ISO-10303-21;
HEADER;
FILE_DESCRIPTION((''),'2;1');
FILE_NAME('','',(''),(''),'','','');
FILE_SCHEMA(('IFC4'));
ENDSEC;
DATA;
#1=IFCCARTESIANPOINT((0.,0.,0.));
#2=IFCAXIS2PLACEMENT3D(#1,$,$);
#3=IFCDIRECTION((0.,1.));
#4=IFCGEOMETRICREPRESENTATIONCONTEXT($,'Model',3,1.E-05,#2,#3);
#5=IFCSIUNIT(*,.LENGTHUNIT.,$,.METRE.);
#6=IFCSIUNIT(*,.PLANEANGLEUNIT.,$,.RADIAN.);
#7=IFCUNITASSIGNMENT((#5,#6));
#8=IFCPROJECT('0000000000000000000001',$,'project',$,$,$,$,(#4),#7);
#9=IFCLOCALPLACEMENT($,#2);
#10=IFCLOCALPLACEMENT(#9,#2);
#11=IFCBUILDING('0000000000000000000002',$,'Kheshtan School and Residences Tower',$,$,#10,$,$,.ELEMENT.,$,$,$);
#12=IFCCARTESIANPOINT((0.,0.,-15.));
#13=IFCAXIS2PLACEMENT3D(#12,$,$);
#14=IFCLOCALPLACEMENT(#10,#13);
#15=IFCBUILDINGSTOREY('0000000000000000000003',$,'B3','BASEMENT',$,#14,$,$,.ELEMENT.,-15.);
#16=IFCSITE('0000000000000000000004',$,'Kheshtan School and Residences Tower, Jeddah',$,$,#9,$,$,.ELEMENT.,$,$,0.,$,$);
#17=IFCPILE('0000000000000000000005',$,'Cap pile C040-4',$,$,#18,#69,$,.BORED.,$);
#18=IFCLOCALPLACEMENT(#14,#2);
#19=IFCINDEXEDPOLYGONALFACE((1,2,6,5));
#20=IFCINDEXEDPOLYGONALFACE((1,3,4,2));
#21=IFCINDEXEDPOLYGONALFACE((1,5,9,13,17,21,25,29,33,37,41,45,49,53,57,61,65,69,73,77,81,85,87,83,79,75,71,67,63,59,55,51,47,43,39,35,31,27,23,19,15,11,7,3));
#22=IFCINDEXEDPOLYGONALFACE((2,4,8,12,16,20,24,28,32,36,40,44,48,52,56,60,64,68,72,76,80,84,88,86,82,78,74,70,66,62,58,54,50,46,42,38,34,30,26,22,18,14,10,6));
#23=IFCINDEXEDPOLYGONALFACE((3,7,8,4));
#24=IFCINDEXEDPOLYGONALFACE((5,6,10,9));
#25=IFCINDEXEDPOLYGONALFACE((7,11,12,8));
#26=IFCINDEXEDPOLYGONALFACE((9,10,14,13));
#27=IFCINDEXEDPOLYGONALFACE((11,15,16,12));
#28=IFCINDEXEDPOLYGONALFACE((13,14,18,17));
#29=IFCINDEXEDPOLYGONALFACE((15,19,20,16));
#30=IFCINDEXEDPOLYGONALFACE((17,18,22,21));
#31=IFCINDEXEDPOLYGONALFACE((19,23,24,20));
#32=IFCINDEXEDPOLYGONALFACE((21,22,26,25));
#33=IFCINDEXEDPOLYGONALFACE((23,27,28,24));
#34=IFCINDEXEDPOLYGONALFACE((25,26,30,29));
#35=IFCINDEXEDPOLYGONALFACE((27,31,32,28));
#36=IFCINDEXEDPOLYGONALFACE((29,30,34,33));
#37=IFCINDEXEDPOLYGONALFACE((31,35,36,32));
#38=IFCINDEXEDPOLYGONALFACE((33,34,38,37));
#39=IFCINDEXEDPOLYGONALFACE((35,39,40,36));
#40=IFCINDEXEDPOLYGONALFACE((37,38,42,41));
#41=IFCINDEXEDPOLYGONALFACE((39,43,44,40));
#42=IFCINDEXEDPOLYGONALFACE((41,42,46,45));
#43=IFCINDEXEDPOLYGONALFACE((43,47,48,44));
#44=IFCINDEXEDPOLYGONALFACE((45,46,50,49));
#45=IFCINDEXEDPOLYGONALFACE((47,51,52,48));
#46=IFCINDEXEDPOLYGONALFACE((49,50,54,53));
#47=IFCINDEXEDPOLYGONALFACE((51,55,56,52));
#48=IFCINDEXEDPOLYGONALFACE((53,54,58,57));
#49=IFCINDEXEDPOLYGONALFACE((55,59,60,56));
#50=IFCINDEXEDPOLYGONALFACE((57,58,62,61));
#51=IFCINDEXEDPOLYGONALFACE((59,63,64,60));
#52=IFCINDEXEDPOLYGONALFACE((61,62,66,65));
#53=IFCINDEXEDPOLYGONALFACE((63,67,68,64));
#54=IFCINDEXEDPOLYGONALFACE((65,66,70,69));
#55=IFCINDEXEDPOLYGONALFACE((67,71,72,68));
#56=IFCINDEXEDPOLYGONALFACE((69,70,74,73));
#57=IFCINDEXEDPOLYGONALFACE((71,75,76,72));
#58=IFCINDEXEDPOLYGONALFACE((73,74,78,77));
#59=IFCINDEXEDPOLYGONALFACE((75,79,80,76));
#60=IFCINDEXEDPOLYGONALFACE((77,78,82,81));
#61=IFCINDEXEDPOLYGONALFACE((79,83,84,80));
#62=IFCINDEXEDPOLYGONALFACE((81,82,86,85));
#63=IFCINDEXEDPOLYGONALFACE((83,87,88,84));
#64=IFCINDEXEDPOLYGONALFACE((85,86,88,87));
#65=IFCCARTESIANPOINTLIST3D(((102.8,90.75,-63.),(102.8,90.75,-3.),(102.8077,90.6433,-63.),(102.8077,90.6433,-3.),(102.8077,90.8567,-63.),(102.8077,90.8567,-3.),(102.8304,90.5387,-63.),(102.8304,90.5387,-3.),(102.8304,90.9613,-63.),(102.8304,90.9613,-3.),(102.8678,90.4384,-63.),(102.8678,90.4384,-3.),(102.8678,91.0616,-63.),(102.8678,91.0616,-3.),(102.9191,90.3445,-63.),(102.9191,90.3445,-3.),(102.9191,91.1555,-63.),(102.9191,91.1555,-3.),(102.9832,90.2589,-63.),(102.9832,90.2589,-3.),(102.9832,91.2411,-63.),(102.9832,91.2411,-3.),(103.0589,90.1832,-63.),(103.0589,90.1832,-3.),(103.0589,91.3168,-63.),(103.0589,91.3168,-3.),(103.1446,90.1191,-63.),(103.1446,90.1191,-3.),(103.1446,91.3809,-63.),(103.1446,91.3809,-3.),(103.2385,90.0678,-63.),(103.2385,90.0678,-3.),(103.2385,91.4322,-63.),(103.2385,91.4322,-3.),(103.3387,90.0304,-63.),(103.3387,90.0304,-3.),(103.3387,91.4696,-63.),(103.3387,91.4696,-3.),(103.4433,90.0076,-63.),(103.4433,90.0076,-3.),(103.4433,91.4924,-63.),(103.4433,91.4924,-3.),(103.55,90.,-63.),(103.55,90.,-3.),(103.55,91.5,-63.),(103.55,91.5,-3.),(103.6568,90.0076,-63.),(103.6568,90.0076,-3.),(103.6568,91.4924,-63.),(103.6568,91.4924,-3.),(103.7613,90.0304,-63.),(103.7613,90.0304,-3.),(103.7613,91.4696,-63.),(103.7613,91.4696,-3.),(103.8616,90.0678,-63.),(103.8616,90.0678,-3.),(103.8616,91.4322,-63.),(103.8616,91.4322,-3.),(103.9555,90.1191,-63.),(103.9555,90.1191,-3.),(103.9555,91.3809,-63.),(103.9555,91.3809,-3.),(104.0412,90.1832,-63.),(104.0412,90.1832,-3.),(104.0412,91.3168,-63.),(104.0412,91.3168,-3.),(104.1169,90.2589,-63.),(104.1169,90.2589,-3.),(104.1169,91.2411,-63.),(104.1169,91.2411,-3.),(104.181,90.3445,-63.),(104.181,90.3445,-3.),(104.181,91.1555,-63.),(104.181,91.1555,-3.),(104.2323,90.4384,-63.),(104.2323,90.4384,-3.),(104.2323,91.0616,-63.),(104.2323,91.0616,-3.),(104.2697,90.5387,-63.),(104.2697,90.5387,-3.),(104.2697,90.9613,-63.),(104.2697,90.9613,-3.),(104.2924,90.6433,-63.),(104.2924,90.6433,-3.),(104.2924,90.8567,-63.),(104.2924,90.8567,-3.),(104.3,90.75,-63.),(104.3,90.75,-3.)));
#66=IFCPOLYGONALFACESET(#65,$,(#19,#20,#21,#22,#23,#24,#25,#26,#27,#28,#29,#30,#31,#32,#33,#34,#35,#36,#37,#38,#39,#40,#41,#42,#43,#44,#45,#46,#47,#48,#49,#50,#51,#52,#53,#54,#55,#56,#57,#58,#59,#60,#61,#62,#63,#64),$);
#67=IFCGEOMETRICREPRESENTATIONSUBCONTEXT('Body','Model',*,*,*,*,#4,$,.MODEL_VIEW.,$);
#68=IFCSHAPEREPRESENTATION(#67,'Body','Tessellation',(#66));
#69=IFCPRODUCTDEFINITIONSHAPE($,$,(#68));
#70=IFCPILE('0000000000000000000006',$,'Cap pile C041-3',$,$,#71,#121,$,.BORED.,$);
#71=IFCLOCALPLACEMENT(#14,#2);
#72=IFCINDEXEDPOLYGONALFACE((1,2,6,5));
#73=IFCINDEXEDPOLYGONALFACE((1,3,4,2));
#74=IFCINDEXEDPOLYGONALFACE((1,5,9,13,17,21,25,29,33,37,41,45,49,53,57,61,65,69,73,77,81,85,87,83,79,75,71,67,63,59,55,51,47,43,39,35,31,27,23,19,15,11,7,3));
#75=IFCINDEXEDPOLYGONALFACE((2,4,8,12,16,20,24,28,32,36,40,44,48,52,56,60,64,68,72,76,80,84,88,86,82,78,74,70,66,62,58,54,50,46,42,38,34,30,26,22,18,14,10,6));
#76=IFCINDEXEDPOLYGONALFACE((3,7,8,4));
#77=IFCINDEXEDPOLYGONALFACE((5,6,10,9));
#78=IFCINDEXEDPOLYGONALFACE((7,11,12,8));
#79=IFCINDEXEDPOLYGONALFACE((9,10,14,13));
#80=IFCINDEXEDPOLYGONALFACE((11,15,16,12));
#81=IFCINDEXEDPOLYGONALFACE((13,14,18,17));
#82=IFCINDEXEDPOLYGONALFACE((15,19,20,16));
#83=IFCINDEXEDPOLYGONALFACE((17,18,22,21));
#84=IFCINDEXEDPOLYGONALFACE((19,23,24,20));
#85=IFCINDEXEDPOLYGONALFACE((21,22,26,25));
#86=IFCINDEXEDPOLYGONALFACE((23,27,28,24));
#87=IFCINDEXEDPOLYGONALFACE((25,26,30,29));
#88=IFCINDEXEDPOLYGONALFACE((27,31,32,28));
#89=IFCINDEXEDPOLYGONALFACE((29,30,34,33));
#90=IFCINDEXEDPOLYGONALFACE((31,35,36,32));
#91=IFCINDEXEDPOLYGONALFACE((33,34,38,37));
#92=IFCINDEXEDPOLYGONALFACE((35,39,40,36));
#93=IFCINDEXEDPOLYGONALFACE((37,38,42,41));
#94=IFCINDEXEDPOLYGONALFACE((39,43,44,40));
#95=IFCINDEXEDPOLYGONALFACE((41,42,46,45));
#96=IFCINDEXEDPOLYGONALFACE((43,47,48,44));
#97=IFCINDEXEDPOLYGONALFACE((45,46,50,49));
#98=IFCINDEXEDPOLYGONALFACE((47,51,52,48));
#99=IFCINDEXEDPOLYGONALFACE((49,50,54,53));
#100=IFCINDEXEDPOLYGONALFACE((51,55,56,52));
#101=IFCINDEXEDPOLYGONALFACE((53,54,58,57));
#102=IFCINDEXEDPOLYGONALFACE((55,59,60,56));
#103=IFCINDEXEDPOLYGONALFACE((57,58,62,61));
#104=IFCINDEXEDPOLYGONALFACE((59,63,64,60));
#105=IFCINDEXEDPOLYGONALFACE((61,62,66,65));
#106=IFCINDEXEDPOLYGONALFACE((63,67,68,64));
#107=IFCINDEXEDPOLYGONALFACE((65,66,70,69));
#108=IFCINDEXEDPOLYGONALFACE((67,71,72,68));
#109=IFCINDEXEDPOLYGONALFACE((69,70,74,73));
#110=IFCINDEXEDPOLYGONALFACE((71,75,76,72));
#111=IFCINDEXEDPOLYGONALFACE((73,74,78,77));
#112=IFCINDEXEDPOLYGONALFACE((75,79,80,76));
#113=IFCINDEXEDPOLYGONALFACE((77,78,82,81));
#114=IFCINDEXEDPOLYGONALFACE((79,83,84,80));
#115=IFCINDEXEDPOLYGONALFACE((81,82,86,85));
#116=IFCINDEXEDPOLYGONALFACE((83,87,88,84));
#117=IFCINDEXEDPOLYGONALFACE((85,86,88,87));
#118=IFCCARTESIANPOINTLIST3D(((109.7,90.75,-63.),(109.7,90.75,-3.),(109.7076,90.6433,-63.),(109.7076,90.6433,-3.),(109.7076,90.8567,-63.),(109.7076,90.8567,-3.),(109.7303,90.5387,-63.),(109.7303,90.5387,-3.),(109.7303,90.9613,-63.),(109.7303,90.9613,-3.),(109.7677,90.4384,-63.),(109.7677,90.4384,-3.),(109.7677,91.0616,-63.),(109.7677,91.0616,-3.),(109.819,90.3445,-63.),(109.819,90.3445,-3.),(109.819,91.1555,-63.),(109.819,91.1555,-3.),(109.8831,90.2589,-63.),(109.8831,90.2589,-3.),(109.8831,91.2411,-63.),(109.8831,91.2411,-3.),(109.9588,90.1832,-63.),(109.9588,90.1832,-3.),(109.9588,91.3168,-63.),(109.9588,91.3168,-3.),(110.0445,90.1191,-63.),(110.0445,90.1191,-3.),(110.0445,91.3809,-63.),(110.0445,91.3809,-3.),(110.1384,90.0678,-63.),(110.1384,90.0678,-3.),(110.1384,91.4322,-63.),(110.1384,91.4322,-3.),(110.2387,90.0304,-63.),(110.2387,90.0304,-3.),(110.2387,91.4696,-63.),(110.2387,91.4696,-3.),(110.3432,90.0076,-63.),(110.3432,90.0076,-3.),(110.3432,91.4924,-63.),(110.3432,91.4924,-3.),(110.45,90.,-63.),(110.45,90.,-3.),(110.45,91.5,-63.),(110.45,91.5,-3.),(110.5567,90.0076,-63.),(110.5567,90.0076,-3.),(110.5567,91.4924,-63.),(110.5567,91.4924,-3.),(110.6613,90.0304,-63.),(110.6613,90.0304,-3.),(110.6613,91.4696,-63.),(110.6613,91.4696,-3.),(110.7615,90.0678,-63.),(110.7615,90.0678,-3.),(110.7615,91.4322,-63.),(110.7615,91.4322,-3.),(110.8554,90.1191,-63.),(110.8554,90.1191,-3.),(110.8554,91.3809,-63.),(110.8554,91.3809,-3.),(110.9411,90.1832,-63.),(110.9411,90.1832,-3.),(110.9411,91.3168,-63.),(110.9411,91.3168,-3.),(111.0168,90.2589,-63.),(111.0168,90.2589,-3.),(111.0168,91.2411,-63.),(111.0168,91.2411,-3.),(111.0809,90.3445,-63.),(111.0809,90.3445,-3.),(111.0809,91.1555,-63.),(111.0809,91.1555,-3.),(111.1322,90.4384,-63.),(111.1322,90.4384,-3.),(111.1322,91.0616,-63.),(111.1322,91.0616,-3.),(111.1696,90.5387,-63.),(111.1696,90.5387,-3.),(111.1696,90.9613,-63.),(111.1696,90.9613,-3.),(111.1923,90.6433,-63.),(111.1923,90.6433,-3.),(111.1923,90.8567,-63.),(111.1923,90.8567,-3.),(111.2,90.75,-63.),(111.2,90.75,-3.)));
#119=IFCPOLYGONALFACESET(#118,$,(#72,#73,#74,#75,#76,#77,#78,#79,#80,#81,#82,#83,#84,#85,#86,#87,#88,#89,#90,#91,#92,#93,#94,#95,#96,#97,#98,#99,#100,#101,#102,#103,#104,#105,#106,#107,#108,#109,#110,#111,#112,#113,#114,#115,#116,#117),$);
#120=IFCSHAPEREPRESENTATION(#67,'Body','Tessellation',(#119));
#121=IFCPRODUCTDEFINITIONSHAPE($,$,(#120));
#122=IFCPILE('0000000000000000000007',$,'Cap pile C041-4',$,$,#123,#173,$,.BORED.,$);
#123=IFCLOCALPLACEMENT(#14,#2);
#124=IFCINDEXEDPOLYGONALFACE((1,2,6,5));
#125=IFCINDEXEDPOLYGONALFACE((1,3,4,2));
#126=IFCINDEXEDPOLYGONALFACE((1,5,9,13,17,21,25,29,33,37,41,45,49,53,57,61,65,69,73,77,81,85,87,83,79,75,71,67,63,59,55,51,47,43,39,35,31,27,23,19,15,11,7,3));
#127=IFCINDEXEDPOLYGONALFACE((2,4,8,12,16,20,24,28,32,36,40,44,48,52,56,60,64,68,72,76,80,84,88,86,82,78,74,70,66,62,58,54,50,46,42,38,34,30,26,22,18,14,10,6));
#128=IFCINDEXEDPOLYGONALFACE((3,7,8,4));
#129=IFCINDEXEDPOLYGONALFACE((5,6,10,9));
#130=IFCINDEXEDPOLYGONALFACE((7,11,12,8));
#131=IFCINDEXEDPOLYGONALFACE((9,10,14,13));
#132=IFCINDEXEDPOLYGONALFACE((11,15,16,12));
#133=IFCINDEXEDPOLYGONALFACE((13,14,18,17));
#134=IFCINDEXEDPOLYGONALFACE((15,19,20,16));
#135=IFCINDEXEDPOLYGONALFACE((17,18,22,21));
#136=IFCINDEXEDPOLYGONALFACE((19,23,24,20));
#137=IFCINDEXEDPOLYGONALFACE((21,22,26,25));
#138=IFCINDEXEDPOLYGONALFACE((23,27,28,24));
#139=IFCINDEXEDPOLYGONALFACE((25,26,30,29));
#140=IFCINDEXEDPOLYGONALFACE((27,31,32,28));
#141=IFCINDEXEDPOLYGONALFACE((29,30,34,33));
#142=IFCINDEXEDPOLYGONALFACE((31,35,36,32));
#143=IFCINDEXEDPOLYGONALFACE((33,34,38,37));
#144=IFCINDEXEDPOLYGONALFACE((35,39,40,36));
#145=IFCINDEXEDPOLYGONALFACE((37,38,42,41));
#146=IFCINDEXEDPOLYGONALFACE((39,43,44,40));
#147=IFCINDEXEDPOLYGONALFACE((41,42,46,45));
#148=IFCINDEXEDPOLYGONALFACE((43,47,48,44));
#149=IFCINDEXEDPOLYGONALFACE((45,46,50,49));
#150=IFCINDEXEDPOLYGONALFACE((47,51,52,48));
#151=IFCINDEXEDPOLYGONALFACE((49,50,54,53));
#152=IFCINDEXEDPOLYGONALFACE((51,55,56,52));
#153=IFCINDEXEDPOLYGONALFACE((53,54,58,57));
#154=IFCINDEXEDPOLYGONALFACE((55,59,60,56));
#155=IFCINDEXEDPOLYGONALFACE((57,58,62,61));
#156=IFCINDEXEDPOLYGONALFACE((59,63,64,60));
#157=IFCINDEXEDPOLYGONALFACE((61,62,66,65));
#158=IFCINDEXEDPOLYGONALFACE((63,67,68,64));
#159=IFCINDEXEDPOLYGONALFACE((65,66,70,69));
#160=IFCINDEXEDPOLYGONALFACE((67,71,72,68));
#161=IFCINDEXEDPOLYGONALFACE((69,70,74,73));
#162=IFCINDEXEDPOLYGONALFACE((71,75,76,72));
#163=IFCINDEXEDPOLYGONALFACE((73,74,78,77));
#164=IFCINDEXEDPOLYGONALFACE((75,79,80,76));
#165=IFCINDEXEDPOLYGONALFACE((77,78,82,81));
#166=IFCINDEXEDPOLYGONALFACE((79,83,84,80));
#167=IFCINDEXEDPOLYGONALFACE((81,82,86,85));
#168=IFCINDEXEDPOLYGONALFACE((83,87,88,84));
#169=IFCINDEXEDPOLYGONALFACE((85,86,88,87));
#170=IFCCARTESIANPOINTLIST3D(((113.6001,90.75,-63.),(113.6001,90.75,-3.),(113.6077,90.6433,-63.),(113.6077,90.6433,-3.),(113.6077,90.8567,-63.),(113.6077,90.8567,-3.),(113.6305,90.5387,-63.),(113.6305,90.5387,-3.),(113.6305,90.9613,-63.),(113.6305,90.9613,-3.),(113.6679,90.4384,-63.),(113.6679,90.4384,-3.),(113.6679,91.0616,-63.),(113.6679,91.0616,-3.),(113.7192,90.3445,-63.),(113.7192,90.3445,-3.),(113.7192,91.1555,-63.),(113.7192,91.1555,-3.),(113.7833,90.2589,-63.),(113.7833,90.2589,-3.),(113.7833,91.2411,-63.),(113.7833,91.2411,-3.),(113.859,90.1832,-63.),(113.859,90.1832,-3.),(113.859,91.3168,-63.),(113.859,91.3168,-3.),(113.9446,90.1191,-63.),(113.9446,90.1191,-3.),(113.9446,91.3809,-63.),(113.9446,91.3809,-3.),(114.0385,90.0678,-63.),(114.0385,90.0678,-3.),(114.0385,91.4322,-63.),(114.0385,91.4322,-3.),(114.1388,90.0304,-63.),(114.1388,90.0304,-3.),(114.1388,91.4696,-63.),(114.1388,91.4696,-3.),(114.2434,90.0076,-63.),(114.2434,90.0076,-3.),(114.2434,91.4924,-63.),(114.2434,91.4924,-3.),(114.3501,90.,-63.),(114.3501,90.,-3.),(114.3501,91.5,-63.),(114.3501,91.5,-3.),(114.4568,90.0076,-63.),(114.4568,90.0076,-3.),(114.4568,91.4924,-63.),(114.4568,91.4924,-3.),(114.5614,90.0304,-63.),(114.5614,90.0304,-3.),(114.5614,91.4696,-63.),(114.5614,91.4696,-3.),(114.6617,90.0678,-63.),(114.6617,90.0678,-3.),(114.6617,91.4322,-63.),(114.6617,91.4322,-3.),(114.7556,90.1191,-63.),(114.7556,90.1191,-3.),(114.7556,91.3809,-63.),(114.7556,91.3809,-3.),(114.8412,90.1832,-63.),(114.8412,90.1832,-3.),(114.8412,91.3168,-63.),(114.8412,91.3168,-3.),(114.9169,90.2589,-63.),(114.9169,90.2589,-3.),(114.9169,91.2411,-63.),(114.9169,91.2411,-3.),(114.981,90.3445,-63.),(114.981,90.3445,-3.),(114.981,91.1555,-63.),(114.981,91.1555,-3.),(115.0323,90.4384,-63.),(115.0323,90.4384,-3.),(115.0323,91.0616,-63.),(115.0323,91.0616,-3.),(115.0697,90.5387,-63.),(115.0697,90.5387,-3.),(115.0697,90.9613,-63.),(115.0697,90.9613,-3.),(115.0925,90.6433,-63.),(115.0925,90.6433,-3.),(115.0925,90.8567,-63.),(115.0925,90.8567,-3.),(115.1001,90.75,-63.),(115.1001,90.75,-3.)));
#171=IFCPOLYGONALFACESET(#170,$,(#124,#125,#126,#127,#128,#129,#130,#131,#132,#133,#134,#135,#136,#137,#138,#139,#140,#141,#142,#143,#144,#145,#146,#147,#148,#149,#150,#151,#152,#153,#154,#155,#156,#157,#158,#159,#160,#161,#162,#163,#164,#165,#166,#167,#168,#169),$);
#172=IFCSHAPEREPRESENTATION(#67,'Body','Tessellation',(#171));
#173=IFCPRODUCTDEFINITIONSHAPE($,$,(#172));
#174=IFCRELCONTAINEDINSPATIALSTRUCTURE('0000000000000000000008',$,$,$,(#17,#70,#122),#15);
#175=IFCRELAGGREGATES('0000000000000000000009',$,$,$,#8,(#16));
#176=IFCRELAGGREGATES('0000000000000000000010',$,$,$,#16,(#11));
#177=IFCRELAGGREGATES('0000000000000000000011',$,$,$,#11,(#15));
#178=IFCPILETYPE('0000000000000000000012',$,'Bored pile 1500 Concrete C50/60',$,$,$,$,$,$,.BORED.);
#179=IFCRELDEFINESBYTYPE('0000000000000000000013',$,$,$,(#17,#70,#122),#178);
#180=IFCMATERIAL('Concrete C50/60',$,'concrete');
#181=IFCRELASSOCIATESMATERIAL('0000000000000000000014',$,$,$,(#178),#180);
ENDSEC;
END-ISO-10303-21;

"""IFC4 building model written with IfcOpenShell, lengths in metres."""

from ifc_helpers import new_model, si_unit, direction, frame, origin, origin_2d, place, context, subcontext, project, spatial, circle, extrude, material, material_profile, profile_set, type_object, element, save


model = new_model("IFC4")

# Units and contexts
model_context = context("Model", 3, precision=1e-05, world=origin(), true_north=direction((0.0, 1.0)))
body_context = subcontext(model_context, "Body", "Model", "MODEL_VIEW")
ifc_project = project(units=[si_unit("LENGTHUNIT", "METRE"), si_unit("PLANEANGLEUNIT", "RADIAN")], contexts=[model_context])

# Site, building, storey
site_placement = place(None, origin())
site = spatial("IfcSite", under=ifc_project, at=site_placement, Name="Kheshtan School and Residences Tower, Jeddah", CompositionType="ELEMENT", RefElevation=0.0)
building_placement = place(site_placement, origin())
building = spatial("IfcBuilding", under=site, at=building_placement, Name="Kheshtan School and Residences Tower", CompositionType="ELEMENT")
storey_placement = place(building_placement, frame((0.0, 0.0, -15.0)))
storey = spatial("IfcBuildingStorey", under=building, at=storey_placement, Name="B3", Description="BASEMENT", CompositionType="ELEMENT", Elevation=-15.0)

# Piles
ifc_material_1 = material(Name="Concrete C50/60", Category="concrete")
ifc_material_profile_1 = material_profile(ifc_material_1, circle(Radius=0.75, at=origin_2d()), Name="BP 1500")
ifc_profile_set_1 = profile_set([ifc_material_profile_1], Name="Concrete C50/60")
pile_type = type_object("IfcPileType", Name="Bored pile 1500 Concrete C50/60", PredefinedType="BORED", material=ifc_profile_set_1)
for number, where, z_axis, x_axis, name in (
    (1, (103.55, 90.75, -3.0), (0.0, 0.0, -1.0), (1.0, 0.0, 0.0), "Cap pile C040-4"),
    (2, (110.45, 90.75, -3.0), (0.0, 0.0, -1.0), (1.0, 0.0, 0.0), "Cap pile C041-3"),
    (3, (114.3501, 90.75, -3.0), (0.0, 0.0, -1.0), (1.0, 0.0, 0.0), "Cap pile C041-4"),
):
    element("IfcPile", number, at=place(storey_placement, frame(where, z_axis=z_axis, x_axis=x_axis)), inside=storey, type_object=pile_type, Name=name, PredefinedType="BORED", context=body_context, shape_type="SweptSolid", body=[
        extrude(circle(Radius=0.75, at=origin_2d()), origin(), (0.0, 0.0, 1.0), 60.0),
    ])

save(model, "model.ifc")
